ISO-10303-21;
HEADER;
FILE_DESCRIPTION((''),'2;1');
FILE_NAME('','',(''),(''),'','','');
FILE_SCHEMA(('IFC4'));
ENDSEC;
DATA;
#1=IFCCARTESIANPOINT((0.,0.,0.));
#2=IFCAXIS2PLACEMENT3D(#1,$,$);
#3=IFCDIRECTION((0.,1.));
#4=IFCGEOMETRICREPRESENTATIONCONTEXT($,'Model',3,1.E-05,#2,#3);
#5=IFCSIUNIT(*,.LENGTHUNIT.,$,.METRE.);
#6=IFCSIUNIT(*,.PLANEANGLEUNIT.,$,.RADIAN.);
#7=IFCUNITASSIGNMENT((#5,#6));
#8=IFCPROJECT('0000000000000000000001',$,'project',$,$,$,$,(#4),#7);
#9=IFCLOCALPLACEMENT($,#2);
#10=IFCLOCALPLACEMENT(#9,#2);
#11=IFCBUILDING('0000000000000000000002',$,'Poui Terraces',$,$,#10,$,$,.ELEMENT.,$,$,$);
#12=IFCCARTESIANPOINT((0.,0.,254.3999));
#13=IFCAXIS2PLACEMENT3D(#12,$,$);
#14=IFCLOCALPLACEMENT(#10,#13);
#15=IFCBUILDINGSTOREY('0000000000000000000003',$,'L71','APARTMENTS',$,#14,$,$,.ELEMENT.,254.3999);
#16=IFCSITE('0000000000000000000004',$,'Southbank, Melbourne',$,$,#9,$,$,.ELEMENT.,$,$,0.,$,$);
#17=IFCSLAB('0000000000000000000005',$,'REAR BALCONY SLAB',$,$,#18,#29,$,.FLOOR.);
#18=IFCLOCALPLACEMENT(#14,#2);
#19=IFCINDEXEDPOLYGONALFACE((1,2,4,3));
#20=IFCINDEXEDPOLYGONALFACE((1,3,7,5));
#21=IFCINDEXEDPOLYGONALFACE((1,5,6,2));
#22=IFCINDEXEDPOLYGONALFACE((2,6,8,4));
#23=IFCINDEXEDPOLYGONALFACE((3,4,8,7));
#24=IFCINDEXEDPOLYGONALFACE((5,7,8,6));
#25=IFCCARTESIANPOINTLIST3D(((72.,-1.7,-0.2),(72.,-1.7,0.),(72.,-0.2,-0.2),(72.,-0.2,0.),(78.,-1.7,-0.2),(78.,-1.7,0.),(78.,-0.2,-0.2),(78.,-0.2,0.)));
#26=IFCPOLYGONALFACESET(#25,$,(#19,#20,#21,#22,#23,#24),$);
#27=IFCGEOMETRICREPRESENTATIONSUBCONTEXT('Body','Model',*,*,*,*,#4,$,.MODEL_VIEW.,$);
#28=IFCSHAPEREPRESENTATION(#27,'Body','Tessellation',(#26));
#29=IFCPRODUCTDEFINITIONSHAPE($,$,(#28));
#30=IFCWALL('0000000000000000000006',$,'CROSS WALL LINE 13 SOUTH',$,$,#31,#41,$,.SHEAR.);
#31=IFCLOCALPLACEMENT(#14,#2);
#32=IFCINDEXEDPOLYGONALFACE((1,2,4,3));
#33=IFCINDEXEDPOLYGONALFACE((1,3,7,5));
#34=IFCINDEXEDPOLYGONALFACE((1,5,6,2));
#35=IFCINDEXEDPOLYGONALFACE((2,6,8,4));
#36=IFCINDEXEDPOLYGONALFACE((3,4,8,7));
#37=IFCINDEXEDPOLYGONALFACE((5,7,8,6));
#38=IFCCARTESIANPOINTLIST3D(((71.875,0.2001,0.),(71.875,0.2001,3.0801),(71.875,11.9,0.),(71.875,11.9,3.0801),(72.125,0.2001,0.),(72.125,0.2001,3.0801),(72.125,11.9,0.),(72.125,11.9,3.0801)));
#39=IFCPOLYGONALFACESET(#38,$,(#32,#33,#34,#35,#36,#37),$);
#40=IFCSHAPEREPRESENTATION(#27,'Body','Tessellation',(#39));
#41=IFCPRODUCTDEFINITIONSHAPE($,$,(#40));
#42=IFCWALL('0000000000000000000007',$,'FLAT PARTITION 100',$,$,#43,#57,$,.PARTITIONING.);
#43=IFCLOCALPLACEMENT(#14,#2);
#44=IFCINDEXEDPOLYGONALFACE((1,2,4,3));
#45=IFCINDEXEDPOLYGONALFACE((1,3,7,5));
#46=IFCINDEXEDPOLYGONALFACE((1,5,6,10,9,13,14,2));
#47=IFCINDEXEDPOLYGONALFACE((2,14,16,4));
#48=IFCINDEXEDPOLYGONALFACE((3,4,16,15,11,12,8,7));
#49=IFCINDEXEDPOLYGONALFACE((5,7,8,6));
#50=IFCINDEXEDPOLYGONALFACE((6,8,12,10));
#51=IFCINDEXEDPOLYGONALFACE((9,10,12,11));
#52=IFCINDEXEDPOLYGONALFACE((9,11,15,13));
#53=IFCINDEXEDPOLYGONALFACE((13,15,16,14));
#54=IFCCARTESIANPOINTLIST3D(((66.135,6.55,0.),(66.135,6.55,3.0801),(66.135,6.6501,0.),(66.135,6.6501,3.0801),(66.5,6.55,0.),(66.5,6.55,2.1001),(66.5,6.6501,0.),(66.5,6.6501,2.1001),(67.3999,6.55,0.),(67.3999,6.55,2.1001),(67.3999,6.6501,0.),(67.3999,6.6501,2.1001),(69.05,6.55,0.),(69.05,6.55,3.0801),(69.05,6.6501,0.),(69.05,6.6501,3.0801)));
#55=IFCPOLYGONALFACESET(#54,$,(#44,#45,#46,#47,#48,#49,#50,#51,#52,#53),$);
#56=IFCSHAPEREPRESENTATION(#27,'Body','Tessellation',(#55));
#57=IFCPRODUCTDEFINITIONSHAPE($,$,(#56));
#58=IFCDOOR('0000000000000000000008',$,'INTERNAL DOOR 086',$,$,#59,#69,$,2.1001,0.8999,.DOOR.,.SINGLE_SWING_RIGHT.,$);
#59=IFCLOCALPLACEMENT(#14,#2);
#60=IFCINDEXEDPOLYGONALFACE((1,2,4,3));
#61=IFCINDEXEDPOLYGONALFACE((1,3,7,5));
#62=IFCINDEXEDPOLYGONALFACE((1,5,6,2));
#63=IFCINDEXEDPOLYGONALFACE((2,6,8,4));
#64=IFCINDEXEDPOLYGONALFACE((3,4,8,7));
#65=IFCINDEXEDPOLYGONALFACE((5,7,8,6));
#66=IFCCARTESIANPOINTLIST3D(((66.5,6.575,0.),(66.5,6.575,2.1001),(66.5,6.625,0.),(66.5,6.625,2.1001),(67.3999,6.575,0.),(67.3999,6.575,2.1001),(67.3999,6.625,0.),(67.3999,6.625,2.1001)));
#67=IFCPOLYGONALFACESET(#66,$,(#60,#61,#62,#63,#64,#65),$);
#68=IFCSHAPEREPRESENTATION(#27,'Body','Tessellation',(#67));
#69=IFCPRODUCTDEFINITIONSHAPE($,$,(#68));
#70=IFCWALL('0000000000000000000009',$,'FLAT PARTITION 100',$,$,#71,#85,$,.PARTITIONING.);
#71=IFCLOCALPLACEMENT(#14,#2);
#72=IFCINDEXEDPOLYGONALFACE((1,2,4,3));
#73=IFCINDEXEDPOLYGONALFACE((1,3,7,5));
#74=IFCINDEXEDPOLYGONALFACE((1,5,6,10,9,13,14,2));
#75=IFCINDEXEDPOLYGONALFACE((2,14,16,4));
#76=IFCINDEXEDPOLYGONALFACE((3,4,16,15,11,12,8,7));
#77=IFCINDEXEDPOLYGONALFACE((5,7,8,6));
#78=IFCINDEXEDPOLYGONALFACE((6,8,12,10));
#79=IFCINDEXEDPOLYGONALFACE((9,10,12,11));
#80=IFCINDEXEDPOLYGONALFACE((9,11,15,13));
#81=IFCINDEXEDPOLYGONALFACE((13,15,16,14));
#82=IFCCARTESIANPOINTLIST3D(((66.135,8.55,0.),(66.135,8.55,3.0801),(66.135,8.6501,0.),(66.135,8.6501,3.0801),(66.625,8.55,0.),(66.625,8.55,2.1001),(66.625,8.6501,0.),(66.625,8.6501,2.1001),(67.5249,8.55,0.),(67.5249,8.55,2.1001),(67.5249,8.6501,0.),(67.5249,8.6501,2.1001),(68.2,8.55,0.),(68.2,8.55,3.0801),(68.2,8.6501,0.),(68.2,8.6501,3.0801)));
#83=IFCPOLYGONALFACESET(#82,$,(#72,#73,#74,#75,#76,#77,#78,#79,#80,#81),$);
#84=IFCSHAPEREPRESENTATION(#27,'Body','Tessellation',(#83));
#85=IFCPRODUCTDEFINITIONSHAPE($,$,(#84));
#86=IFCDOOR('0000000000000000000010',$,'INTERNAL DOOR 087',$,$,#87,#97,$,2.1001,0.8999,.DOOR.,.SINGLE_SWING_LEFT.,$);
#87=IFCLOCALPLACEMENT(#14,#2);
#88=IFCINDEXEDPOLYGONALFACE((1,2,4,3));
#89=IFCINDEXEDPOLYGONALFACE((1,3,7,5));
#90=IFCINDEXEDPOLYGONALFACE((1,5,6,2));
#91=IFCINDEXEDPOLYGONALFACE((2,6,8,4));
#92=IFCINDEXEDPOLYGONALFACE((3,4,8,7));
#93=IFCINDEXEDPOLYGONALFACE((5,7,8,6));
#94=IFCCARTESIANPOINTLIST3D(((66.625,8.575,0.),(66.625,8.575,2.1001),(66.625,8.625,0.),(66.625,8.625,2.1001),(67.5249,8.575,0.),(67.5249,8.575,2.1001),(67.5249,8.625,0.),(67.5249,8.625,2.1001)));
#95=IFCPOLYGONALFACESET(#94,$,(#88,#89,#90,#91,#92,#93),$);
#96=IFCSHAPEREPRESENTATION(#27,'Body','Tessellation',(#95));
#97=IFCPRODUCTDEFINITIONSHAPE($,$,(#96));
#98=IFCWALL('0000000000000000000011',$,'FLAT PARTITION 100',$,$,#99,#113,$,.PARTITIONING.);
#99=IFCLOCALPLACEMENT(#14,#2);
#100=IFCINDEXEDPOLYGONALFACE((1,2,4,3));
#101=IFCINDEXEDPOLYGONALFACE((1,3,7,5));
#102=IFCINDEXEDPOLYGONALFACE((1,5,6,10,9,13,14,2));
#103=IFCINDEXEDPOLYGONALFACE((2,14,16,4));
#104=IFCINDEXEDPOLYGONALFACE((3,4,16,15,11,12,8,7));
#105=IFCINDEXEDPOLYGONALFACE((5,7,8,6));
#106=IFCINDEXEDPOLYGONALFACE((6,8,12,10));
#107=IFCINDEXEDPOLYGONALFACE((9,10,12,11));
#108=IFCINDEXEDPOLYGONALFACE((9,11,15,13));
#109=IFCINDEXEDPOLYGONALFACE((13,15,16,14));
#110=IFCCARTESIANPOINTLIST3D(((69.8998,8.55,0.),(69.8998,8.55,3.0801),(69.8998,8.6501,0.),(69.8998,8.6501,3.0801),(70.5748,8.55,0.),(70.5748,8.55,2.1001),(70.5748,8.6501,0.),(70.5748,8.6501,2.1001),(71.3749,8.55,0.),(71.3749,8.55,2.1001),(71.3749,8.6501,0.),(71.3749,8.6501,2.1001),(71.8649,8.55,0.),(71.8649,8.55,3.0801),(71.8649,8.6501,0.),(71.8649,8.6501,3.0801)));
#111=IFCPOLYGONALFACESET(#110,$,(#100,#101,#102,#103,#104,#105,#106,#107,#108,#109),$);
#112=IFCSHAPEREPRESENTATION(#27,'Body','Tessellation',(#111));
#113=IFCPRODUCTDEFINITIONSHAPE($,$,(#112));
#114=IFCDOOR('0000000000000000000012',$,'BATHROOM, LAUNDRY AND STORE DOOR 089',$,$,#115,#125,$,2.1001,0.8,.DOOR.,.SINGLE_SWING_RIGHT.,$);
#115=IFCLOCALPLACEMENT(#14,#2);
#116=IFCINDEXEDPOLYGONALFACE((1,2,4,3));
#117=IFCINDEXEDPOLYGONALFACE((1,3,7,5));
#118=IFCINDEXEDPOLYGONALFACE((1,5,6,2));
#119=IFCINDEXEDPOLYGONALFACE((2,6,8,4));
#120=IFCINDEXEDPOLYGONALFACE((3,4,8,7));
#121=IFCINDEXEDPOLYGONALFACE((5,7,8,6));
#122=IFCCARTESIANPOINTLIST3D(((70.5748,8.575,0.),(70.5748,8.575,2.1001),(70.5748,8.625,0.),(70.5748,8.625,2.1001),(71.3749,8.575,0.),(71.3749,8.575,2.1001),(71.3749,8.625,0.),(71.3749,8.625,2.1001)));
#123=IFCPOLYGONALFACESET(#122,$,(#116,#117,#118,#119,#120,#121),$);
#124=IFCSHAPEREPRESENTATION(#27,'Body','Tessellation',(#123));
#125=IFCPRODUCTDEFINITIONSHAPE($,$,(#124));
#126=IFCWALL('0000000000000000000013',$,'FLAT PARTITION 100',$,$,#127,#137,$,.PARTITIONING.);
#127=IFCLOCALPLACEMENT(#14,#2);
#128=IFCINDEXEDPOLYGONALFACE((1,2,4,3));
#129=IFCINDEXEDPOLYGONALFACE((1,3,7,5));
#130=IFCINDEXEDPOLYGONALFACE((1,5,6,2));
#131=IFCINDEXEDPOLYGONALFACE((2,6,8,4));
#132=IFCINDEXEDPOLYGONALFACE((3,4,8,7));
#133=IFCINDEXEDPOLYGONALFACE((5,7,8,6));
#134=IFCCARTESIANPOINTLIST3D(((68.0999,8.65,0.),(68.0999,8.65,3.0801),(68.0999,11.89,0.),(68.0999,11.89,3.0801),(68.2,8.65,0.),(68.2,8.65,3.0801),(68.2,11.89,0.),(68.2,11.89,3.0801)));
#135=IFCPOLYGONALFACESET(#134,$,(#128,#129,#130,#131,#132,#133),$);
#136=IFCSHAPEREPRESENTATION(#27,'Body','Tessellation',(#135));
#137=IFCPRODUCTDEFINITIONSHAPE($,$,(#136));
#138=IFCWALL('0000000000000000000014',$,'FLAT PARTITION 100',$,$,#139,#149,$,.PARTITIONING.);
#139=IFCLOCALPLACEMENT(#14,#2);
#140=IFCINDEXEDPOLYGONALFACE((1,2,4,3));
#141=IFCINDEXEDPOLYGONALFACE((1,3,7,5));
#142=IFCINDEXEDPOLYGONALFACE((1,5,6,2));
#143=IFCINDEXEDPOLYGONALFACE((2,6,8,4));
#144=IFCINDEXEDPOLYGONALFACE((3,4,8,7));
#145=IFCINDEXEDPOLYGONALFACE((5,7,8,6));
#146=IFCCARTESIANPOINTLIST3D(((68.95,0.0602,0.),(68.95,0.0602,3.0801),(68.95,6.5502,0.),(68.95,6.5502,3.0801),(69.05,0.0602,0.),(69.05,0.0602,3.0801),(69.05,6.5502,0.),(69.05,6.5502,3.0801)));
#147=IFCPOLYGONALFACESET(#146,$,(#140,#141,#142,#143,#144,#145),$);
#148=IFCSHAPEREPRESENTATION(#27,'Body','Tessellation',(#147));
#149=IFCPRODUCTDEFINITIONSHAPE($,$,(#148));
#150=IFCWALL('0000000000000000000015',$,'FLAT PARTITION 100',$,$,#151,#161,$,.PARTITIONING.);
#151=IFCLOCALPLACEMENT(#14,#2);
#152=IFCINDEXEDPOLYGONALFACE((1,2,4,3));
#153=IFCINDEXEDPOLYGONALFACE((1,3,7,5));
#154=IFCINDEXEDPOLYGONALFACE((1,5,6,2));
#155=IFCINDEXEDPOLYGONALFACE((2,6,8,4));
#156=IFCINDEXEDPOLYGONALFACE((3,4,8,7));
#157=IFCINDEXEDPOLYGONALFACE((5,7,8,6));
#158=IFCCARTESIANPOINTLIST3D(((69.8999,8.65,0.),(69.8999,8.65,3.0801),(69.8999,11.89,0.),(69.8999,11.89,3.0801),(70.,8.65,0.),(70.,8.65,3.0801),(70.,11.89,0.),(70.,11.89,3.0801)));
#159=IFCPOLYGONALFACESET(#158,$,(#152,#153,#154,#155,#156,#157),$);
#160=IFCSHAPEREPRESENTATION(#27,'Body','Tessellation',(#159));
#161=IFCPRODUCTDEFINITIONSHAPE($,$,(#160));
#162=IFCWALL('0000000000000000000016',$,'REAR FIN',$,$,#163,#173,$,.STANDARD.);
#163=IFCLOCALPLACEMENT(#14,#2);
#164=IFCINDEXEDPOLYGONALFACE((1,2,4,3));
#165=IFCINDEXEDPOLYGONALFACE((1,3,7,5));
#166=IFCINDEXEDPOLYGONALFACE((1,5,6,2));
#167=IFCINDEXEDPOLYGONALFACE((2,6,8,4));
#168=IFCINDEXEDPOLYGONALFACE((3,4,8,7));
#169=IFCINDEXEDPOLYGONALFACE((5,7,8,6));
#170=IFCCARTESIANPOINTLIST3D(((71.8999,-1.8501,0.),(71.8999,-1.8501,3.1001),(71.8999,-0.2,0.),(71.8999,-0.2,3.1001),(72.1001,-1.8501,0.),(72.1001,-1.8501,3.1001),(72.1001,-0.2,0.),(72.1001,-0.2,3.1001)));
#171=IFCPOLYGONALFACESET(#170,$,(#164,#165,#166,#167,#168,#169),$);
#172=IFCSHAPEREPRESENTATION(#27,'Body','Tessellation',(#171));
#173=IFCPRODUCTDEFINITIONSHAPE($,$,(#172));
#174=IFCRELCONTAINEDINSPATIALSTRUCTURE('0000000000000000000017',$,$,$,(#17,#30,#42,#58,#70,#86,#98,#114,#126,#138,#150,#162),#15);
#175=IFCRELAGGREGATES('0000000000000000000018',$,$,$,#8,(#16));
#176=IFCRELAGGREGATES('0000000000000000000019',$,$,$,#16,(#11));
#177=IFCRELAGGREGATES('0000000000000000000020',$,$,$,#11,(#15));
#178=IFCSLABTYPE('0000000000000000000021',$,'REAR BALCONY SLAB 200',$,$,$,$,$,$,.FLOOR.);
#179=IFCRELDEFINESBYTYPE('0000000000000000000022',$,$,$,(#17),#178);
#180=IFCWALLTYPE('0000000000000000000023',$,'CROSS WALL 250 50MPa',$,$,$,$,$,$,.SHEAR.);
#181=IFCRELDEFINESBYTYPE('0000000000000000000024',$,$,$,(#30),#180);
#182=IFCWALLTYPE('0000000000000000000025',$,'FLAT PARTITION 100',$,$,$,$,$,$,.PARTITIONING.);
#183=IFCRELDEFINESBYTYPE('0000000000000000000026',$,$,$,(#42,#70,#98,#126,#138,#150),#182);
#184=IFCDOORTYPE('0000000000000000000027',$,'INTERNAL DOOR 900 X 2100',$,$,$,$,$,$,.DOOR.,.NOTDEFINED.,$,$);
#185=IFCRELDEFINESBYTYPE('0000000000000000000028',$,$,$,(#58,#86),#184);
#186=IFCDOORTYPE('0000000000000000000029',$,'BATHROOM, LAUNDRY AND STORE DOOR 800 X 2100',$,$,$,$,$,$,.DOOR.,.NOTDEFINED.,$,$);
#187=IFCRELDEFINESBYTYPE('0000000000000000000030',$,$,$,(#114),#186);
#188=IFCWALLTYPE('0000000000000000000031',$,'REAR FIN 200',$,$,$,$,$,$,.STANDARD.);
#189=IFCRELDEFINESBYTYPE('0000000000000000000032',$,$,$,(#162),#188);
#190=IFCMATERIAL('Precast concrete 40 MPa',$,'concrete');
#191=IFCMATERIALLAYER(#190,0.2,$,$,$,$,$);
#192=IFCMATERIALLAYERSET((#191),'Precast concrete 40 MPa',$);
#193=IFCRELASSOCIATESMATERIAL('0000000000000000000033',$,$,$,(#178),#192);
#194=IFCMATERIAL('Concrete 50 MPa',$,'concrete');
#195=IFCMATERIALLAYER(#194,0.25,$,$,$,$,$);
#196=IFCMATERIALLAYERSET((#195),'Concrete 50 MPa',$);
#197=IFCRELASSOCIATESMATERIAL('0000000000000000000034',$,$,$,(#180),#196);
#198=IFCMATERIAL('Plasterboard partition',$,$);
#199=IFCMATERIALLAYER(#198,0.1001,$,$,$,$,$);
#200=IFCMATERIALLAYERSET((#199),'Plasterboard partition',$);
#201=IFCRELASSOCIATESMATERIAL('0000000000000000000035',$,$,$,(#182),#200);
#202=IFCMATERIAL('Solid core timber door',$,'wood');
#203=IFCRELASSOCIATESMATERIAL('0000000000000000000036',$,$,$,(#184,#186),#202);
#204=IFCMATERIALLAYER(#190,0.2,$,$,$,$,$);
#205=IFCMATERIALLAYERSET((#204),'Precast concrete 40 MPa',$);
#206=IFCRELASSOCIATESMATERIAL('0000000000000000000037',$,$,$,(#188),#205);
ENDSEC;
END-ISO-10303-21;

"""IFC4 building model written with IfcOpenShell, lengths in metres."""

from ifc_helpers import new_model, si_unit, direction, frame, frame_2d, origin, place, context, subcontext, project, spatial, polyline, rectangle, outline, extrude, source, transform, mapped, material, layer, layer_set, type_object, element, fill, save


model = new_model("IFC4")

# Units and contexts
model_context = context("Model", 3, precision=1e-05, world=origin(), true_north=direction((0.0, 1.0)))
body_context = subcontext(model_context, "Body", "Model", "MODEL_VIEW")
ifc_project = project(units=[si_unit("LENGTHUNIT", "METRE"), si_unit("PLANEANGLEUNIT", "RADIAN")], contexts=[model_context])

# Site, building, storey
site_placement = place(None, origin())
site = spatial("IfcSite", under=ifc_project, at=site_placement, Name="Southbank, Melbourne", CompositionType="ELEMENT", RefElevation=0.0)
building_placement = place(site_placement, origin())
building = spatial("IfcBuilding", under=site, at=building_placement, Name="Poui Terraces", CompositionType="ELEMENT")
storey_placement = place(building_placement, frame((0.0, 0.0, 254.3999)))
storey = spatial("IfcBuildingStorey", under=building, at=storey_placement, Name="L71", Description="APARTMENTS", CompositionType="ELEMENT", Elevation=254.3999)

# Slab
ifc_material_1 = material(Name="Precast concrete 40 MPa", Category="concrete")
ifc_layer_1 = layer(ifc_material_1, 0.2)
ifc_layer_set_1 = layer_set([ifc_layer_1], Name="Precast concrete 40 MPa")
slab_type = type_object("IfcSlabType", Name="REAR BALCONY SLAB 200", PredefinedType="FLOOR", material=ifc_layer_set_1)
shared_shape_1 = source(origin(), body_context, "Body", "SweptSolid", [
    extrude(outline(polyline([(0.0, 0.0), (6.0, 0.0), (6.0, 1.5), (0.0, 1.5), (0.0, 0.0)])), origin(), (0.0, 0.0, 1.0), 0.2),
])
slab_placement = place(storey_placement, frame((72.0, -1.7, -0.2)))
element("IfcSlab", 1, at=slab_placement, inside=storey, type_object=slab_type, Name="REAR BALCONY SLAB", PredefinedType="FLOOR", context=body_context, shape_type="MappedRepresentation", body=[
    mapped(shared_shape_1, transform((0.0, 0.0, 0.0))),
])

# Wall
ifc_material_2 = material(Name="Concrete 50 MPa", Category="concrete")
ifc_layer_2 = layer(ifc_material_2, 0.25)
ifc_layer_set_2 = layer_set([ifc_layer_2], Name="Concrete 50 MPa")
wall_type_1 = type_object("IfcWallType", Name="CROSS WALL 250 50MPa", PredefinedType="SHEAR", material=ifc_layer_set_2)
wall_1_placement = place(storey_placement, frame((72.0, 0.2, 0.0), z_axis=(0.0, 0.0, 1.0), x_axis=(0.0, 1.0, 0.0)))
element("IfcWall", 2, at=wall_1_placement, inside=storey, type_object=wall_type_1, Name="CROSS WALL LINE 13 SOUTH", PredefinedType="SHEAR", context=body_context, shape_type="SweptSolid", body=[
    extrude(rectangle(XDim=11.7, YDim=0.25, at=frame_2d((5.8501, 0.0))), origin(), (0.0, 0.0, 1.0), 3.0801),
])

# Walls, openings, doors
ifc_material_3 = material(Name="Plasterboard partition")
ifc_layer_3 = layer(ifc_material_3, 0.1001)
ifc_layer_set_3 = layer_set([ifc_layer_3], Name="Plasterboard partition")
wall_type_2 = type_object("IfcWallType", Name="FLAT PARTITION 100", PredefinedType="PARTITIONING", material=ifc_layer_set_3)
wall_2_placement = place(storey_placement, frame((66.135, 6.6001, 0.0), z_axis=(0.0, 0.0, 1.0), x_axis=(1.0, 0.0, 0.0)))
wall_2 = element("IfcWall", 3, at=wall_2_placement, inside=storey, type_object=wall_type_2, Name="FLAT PARTITION 100", PredefinedType="PARTITIONING", context=body_context, shape_type="SweptSolid", body=[
    extrude(rectangle(XDim=2.915, YDim=0.1001, at=frame_2d((1.4575, 0.0))), origin(), (0.0, 0.0, 1.0), 3.0801),
])
opening_1_placement = place(wall_2_placement, frame((0.365, 0.0, 0.0)))
opening_1 = element("IfcOpeningElement", 4, at=opening_1_placement, cuts=wall_2, PredefinedType="OPENING", context=body_context, shape_type="SweptSolid", body=[
    extrude(rectangle(XDim=0.8999, YDim=2.1001, at=frame_2d((0.45, 1.05))), frame((0.0, 0.0601, 0.0), z_axis=(0.0, -1.0, 0.0), x_axis=(1.0, 0.0, 0.0)), (0.0, 0.0, 1.0), 0.1201),
])
ifc_material_4 = material(Name="Solid core timber door", Category="wood")
door_type_1 = type_object("IfcDoorType", Name="INTERNAL DOOR 900 X 2100", OperationType="NOTDEFINED", PredefinedType="DOOR", material=ifc_material_4)
door_1_placement = place(opening_1_placement, origin())
door_1 = element("IfcDoor", 5, at=door_1_placement, inside=storey, type_object=door_type_1, Name="INTERNAL DOOR 086", OperationType="SINGLE_SWING_RIGHT", OverallHeight=2.1001, OverallWidth=0.8999, PredefinedType="DOOR", context=body_context, shape_type="SweptSolid", body=[
    extrude(rectangle(XDim=0.8999, YDim=2.1001, at=frame_2d((0.45, 1.05))), frame((0.0, 0.0249, 0.0), z_axis=(0.0, -1.0, 0.0), x_axis=(1.0, 0.0, 0.0)), (0.0, 0.0, 1.0), 0.05),
])
fill(opening_1, door_1)
wall_3_placement = place(storey_placement, frame((66.135, 8.6001, 0.0), z_axis=(0.0, 0.0, 1.0), x_axis=(1.0, 0.0, 0.0)))
wall_3 = element("IfcWall", 6, at=wall_3_placement, inside=storey, type_object=wall_type_2, Name="FLAT PARTITION 100", PredefinedType="PARTITIONING", context=body_context, shape_type="SweptSolid", body=[
    extrude(rectangle(XDim=2.0649, YDim=0.1001, at=frame_2d((1.0325, 0.0))), origin(), (0.0, 0.0, 1.0), 3.0801),
])
opening_2_placement = place(wall_3_placement, frame((0.49, 0.0, 0.0)))
opening_2 = element("IfcOpeningElement", 7, at=opening_2_placement, cuts=wall_3, PredefinedType="OPENING", context=body_context, shape_type="SweptSolid", body=[
    extrude(rectangle(XDim=0.8999, YDim=2.1001, at=frame_2d((0.45, 1.05))), frame((0.0, 0.0601, 0.0), z_axis=(0.0, -1.0, 0.0), x_axis=(1.0, 0.0, 0.0)), (0.0, 0.0, 1.0), 0.1201),
])
door_2_placement = place(opening_2_placement, origin())
door_2 = element("IfcDoor", 8, at=door_2_placement, inside=storey, type_object=door_type_1, Name="INTERNAL DOOR 087", OperationType="SINGLE_SWING_LEFT", OverallHeight=2.1001, OverallWidth=0.8999, PredefinedType="DOOR", context=body_context, shape_type="SweptSolid", body=[
    extrude(rectangle(XDim=0.8999, YDim=2.1001, at=frame_2d((0.45, 1.05))), frame((0.0, 0.0249, 0.0), z_axis=(0.0, -1.0, 0.0), x_axis=(1.0, 0.0, 0.0)), (0.0, 0.0, 1.0), 0.05),
])
fill(opening_2, door_2)
wall_4_placement = place(storey_placement, frame((69.8999, 8.6001, 0.0), z_axis=(0.0, 0.0, 1.0), x_axis=(1.0, 0.0, 0.0)))
wall_4 = element("IfcWall", 9, at=wall_4_placement, inside=storey, type_object=wall_type_2, Name="FLAT PARTITION 100", PredefinedType="PARTITIONING", context=body_context, shape_type="SweptSolid", body=[
    extrude(rectangle(XDim=1.9651, YDim=0.1001, at=frame_2d((0.9824, 0.0))), origin(), (0.0, 0.0, 1.0), 3.0801),
])
opening_3_placement = place(wall_4_placement, frame((0.675, 0.0, 0.0)))
opening_3 = element("IfcOpeningElement", 10, at=opening_3_placement, cuts=wall_4, PredefinedType="OPENING", context=body_context, shape_type="SweptSolid", body=[
    extrude(rectangle(XDim=0.8, YDim=2.1001, at=frame_2d((0.3999, 1.05))), frame((0.0, 0.0601, 0.0), z_axis=(0.0, -1.0, 0.0), x_axis=(1.0, 0.0, 0.0)), (0.0, 0.0, 1.0), 0.1201),
])
door_type_2 = type_object("IfcDoorType", Name="BATHROOM, LAUNDRY AND STORE DOOR 800 X 2100", OperationType="NOTDEFINED", PredefinedType="DOOR", material=ifc_material_4)
door_3_placement = place(opening_3_placement, origin())
door_3 = element("IfcDoor", 11, at=door_3_placement, inside=storey, type_object=door_type_2, Name="BATHROOM, LAUNDRY AND STORE DOOR 089", OperationType="SINGLE_SWING_RIGHT", OverallHeight=2.1001, OverallWidth=0.8, PredefinedType="DOOR", context=body_context, shape_type="SweptSolid", body=[
    extrude(rectangle(XDim=0.8, YDim=2.1001, at=frame_2d((0.3999, 1.05))), frame((0.0, 0.0249, 0.0), z_axis=(0.0, -1.0, 0.0), x_axis=(1.0, 0.0, 0.0)), (0.0, 0.0, 1.0), 0.05),
])
fill(opening_3, door_3)

# Walls
wall_5_placement = place(storey_placement, frame((68.1499, 8.6499, 0.0), z_axis=(0.0, 0.0, 1.0), x_axis=(0.0, 1.0, 0.0)))
element("IfcWall", 12, at=wall_5_placement, inside=storey, type_object=wall_type_2, Name="FLAT PARTITION 100", PredefinedType="PARTITIONING", context=body_context, shape_type="SweptSolid", body=[
    extrude(rectangle(XDim=3.24, YDim=0.1001, at=frame_2d((1.6201, 0.0))), origin(), (0.0, 0.0, 1.0), 3.0801),
])
wall_6_placement = place(storey_placement, frame((69.0, 0.0601, 0.0), z_axis=(0.0, 0.0, 1.0), x_axis=(0.0, 1.0, 0.0)))
element("IfcWall", 13, at=wall_6_placement, inside=storey, type_object=wall_type_2, Name="FLAT PARTITION 100", PredefinedType="PARTITIONING", context=body_context, shape_type="SweptSolid", body=[
    extrude(rectangle(XDim=6.49, YDim=0.1001, at=frame_2d((3.2451, 0.0))), origin(), (0.0, 0.0, 1.0), 3.0801),
])
wall_7_placement = place(storey_placement, frame((69.95, 8.6499, 0.0), z_axis=(0.0, 0.0, 1.0), x_axis=(0.0, 1.0, 0.0)))
element("IfcWall", 14, at=wall_7_placement, inside=storey, type_object=wall_type_2, Name="FLAT PARTITION 100", PredefinedType="PARTITIONING", context=body_context, shape_type="SweptSolid", body=[
    extrude(rectangle(XDim=3.24, YDim=0.1001, at=frame_2d((1.6201, 0.0))), origin(), (0.0, 0.0, 1.0), 3.0801),
])
ifc_layer_4 = layer(ifc_material_1, 0.2)
ifc_layer_set_4 = layer_set([ifc_layer_4], Name="Precast concrete 40 MPa")
wall_type_3 = type_object("IfcWallType", Name="REAR FIN 200", PredefinedType="STANDARD", material=ifc_layer_set_4)
shared_shape_2 = source(origin(), body_context, "Body", "SweptSolid", [
    extrude(outline(polyline([(0.0, 0.0), (0.2002, 0.0), (0.2002, 1.6501), (0.0, 1.6501), (0.0, 0.0)])), origin(), (0.0, 0.0, 1.0), 3.1001),
])
wall_8_placement = place(storey_placement, frame((71.8999, -1.8501, 0.0)))
element("IfcWall", 15, at=wall_8_placement, inside=storey, type_object=wall_type_3, Name="REAR FIN", PredefinedType="STANDARD", context=body_context, shape_type="MappedRepresentation", body=[
    mapped(shared_shape_2, transform((0.0, 0.0, 0.0))),
])

save(model, "model.ifc")
